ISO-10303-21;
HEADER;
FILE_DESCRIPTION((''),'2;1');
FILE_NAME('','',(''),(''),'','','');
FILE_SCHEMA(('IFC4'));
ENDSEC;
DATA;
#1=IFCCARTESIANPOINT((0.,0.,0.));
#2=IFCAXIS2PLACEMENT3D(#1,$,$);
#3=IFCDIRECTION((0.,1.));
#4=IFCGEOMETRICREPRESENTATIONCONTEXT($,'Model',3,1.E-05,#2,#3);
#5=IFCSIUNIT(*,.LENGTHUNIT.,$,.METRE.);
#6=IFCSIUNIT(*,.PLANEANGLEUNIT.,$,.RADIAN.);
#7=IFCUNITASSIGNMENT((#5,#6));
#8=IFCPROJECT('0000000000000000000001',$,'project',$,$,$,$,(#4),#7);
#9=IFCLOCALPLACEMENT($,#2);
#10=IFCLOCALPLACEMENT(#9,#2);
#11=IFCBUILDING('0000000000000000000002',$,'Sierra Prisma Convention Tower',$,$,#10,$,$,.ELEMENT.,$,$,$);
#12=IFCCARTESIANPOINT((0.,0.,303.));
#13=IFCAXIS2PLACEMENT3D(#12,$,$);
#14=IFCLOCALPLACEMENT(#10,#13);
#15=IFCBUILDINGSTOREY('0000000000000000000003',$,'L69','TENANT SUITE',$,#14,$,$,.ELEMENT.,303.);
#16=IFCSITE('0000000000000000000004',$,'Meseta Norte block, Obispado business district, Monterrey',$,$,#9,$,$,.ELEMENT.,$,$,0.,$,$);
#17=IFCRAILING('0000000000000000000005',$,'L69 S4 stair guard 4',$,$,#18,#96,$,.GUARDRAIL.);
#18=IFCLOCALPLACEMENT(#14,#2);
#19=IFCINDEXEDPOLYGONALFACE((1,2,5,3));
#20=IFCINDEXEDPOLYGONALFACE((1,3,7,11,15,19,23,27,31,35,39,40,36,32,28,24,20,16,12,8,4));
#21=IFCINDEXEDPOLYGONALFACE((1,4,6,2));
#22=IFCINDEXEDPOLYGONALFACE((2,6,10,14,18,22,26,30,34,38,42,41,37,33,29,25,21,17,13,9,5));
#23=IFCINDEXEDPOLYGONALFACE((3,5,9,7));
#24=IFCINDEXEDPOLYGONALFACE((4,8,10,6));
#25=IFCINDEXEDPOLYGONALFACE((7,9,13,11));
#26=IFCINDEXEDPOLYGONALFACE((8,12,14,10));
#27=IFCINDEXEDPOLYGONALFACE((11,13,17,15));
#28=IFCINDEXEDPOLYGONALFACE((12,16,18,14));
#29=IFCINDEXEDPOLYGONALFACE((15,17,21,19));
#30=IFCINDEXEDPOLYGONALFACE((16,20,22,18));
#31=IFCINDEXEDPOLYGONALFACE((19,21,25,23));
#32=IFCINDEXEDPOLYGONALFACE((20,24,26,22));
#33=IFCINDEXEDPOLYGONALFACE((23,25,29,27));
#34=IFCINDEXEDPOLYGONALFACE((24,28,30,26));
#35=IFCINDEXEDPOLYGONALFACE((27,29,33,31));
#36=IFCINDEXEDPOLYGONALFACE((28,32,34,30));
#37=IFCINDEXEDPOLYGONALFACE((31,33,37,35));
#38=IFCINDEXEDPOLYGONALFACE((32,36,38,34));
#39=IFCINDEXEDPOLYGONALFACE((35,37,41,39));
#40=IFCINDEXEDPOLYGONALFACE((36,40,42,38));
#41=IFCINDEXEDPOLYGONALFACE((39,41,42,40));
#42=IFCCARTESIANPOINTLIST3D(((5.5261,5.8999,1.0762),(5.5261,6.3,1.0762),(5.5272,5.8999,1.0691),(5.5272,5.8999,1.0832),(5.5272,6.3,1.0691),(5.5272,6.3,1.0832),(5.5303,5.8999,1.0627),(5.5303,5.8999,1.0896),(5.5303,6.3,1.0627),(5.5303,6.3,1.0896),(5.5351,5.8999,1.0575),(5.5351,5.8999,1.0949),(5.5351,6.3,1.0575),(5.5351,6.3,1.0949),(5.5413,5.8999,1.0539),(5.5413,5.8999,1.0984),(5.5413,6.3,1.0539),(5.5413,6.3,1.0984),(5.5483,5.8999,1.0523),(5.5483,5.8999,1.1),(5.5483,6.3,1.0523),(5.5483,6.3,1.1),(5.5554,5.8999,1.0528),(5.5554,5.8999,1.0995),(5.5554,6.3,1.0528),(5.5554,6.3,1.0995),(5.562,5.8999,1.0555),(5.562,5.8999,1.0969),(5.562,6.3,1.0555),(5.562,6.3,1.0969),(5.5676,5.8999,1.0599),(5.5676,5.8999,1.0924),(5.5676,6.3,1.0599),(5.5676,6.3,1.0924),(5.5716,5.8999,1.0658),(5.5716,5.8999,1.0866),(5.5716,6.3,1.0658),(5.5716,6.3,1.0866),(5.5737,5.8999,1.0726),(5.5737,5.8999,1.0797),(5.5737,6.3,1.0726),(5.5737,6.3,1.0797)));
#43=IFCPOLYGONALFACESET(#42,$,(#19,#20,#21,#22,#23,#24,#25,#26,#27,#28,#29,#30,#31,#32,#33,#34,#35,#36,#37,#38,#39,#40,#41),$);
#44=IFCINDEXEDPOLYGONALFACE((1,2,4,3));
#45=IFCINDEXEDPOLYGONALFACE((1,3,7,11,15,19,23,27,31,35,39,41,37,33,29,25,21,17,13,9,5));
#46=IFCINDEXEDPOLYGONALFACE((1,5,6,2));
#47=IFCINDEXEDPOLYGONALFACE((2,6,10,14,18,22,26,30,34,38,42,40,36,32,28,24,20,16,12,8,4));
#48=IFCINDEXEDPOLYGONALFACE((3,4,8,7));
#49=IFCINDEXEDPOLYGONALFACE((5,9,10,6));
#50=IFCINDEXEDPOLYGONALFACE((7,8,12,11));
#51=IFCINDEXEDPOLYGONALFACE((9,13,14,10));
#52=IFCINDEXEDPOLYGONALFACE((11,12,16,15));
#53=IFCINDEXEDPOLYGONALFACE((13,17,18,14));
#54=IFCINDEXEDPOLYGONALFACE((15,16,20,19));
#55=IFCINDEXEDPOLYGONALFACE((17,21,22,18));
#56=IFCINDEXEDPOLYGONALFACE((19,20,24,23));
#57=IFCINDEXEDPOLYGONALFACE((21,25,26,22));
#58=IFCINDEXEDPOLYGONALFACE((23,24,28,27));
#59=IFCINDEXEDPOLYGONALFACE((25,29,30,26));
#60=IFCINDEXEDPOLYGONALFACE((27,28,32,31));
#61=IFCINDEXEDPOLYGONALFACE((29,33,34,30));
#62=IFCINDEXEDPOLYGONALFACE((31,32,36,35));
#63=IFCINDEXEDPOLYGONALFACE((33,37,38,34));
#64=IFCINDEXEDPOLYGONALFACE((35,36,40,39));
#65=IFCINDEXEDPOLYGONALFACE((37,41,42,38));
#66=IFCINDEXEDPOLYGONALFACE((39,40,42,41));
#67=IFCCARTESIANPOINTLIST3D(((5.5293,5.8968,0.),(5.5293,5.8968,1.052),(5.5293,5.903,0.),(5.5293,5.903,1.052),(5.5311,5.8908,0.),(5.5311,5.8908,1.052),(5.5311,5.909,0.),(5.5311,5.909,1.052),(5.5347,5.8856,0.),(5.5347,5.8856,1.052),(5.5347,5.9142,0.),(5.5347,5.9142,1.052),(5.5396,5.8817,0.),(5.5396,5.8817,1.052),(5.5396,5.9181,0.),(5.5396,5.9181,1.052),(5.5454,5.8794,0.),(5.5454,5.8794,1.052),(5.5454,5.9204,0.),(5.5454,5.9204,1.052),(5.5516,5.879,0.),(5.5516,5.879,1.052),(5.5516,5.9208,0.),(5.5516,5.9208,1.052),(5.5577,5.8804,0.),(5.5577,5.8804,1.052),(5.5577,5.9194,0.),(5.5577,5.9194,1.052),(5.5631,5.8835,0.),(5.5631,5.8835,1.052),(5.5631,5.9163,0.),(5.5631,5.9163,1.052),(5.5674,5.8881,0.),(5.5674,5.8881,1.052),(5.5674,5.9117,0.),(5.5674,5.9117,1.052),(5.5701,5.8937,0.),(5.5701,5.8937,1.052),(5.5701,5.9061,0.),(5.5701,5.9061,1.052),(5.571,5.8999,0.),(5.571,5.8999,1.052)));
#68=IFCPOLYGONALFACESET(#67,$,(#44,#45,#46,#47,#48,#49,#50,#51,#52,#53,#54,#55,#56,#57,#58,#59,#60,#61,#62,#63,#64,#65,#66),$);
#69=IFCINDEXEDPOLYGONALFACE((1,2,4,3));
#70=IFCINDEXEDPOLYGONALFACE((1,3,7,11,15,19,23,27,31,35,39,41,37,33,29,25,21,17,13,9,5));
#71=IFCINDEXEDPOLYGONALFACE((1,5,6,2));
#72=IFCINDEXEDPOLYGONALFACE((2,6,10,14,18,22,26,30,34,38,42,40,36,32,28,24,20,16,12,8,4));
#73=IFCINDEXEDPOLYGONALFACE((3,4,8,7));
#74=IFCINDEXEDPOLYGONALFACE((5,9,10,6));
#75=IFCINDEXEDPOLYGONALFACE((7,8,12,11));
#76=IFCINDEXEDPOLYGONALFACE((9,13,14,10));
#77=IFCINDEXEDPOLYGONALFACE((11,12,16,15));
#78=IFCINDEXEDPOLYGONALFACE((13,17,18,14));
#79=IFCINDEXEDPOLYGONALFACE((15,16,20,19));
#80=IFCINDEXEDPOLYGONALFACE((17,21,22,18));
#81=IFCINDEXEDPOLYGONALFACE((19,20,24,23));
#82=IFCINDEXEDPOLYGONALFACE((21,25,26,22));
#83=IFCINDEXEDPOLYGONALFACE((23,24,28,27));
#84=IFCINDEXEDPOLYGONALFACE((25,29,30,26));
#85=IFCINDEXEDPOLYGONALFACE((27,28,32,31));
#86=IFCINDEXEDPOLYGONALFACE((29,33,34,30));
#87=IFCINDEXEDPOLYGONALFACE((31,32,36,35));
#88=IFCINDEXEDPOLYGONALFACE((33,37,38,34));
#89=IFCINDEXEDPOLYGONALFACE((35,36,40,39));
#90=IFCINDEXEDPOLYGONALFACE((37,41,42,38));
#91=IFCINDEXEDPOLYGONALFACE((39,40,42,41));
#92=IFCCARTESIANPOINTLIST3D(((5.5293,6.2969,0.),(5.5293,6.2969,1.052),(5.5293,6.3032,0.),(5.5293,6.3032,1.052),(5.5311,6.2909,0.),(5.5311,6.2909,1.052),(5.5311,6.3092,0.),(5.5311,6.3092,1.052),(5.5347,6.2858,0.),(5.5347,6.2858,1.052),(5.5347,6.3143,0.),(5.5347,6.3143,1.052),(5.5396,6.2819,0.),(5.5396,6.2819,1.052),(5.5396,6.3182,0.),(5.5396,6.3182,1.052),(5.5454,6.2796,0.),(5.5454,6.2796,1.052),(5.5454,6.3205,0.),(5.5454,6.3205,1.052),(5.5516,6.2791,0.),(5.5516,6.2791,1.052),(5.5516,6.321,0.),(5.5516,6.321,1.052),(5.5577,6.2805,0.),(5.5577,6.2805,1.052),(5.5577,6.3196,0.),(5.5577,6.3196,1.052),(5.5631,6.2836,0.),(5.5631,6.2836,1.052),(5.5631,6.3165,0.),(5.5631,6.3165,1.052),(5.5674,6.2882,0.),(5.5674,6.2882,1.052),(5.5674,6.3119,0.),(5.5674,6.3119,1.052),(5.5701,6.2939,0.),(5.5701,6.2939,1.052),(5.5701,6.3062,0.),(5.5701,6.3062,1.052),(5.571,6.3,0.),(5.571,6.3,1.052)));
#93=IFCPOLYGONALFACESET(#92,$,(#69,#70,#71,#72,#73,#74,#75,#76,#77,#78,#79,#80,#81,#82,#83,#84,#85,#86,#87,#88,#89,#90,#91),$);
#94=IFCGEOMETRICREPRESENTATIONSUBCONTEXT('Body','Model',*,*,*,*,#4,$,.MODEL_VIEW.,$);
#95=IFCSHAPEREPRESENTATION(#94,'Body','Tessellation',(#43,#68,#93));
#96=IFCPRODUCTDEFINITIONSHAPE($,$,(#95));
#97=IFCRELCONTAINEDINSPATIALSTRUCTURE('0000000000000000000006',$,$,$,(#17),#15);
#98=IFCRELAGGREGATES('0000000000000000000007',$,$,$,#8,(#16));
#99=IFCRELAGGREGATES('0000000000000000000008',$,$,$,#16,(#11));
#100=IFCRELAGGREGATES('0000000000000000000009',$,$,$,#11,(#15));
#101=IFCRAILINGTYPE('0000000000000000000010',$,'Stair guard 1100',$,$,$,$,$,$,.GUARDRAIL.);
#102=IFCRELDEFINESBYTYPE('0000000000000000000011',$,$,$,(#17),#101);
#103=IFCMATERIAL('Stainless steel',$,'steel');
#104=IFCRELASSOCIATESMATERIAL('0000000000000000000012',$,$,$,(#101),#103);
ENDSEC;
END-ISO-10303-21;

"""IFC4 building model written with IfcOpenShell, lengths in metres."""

from ifc_helpers import new_model, si_unit, direction, frame, origin, origin_2d, place, context, subcontext, project, spatial, circle, extrude, material, type_object, element, save


model = new_model("IFC4")

# Units and contexts
model_context = context("Model", 3, precision=1e-05, world=origin(), true_north=direction((0.0, 1.0)))
body_context = subcontext(model_context, "Body", "Model", "MODEL_VIEW")
ifc_project = project(units=[si_unit("LENGTHUNIT", "METRE"), si_unit("PLANEANGLEUNIT", "RADIAN")], contexts=[model_context])

# Site, building, storey
site_placement = place(None, origin())
site = spatial("IfcSite", under=ifc_project, at=site_placement, Name="Meseta Norte block, Obispado business district, Monterrey", CompositionType="ELEMENT", RefElevation=0.0)
building_placement = place(site_placement, origin())
building = spatial("IfcBuilding", under=site, at=building_placement, Name="Sierra Prisma Convention Tower", CompositionType="ELEMENT")
storey_placement = place(building_placement, frame((0.0, 0.0, 303.0)))
storey = spatial("IfcBuildingStorey", under=building, at=storey_placement, Name="L69", Description="TENANT SUITE", CompositionType="ELEMENT", Elevation=303.0)

# Railing
ifc_material_1 = material(Name="Stainless steel", Category="steel")
railing_type_1 = type_object("IfcRailingType", Name="Stair guard 1100", PredefinedType="GUARDRAIL", material=ifc_material_1)
railing_1_placement = place(storey_placement, frame((5.55, 5.8999, 0.0)))
element("IfcRailing", 1, at=railing_1_placement, inside=storey, type_object=railing_type_1, Name="L69 S4 stair guard 4", PredefinedType="GUARDRAIL", context=body_context, shape_type="SweptSolid", body=[
    extrude(circle(Radius=0.0239, at=origin_2d()), frame((0.0, 0.0, 1.0762), z_axis=(0.0, 1.0, 0.0), x_axis=(-1.0, 0.0, 0.0)), (0.0, 0.0, 1.0), 0.4001),
    extrude(circle(Radius=0.021, at=origin_2d()), origin(), (0.0, 0.0, 1.0), 1.052),
    extrude(circle(Radius=0.021, at=origin_2d()), frame((0.0, 0.4001, 0.0)), (0.0, 0.0, 1.0), 1.052),
])

save(model, "model.ifc")
